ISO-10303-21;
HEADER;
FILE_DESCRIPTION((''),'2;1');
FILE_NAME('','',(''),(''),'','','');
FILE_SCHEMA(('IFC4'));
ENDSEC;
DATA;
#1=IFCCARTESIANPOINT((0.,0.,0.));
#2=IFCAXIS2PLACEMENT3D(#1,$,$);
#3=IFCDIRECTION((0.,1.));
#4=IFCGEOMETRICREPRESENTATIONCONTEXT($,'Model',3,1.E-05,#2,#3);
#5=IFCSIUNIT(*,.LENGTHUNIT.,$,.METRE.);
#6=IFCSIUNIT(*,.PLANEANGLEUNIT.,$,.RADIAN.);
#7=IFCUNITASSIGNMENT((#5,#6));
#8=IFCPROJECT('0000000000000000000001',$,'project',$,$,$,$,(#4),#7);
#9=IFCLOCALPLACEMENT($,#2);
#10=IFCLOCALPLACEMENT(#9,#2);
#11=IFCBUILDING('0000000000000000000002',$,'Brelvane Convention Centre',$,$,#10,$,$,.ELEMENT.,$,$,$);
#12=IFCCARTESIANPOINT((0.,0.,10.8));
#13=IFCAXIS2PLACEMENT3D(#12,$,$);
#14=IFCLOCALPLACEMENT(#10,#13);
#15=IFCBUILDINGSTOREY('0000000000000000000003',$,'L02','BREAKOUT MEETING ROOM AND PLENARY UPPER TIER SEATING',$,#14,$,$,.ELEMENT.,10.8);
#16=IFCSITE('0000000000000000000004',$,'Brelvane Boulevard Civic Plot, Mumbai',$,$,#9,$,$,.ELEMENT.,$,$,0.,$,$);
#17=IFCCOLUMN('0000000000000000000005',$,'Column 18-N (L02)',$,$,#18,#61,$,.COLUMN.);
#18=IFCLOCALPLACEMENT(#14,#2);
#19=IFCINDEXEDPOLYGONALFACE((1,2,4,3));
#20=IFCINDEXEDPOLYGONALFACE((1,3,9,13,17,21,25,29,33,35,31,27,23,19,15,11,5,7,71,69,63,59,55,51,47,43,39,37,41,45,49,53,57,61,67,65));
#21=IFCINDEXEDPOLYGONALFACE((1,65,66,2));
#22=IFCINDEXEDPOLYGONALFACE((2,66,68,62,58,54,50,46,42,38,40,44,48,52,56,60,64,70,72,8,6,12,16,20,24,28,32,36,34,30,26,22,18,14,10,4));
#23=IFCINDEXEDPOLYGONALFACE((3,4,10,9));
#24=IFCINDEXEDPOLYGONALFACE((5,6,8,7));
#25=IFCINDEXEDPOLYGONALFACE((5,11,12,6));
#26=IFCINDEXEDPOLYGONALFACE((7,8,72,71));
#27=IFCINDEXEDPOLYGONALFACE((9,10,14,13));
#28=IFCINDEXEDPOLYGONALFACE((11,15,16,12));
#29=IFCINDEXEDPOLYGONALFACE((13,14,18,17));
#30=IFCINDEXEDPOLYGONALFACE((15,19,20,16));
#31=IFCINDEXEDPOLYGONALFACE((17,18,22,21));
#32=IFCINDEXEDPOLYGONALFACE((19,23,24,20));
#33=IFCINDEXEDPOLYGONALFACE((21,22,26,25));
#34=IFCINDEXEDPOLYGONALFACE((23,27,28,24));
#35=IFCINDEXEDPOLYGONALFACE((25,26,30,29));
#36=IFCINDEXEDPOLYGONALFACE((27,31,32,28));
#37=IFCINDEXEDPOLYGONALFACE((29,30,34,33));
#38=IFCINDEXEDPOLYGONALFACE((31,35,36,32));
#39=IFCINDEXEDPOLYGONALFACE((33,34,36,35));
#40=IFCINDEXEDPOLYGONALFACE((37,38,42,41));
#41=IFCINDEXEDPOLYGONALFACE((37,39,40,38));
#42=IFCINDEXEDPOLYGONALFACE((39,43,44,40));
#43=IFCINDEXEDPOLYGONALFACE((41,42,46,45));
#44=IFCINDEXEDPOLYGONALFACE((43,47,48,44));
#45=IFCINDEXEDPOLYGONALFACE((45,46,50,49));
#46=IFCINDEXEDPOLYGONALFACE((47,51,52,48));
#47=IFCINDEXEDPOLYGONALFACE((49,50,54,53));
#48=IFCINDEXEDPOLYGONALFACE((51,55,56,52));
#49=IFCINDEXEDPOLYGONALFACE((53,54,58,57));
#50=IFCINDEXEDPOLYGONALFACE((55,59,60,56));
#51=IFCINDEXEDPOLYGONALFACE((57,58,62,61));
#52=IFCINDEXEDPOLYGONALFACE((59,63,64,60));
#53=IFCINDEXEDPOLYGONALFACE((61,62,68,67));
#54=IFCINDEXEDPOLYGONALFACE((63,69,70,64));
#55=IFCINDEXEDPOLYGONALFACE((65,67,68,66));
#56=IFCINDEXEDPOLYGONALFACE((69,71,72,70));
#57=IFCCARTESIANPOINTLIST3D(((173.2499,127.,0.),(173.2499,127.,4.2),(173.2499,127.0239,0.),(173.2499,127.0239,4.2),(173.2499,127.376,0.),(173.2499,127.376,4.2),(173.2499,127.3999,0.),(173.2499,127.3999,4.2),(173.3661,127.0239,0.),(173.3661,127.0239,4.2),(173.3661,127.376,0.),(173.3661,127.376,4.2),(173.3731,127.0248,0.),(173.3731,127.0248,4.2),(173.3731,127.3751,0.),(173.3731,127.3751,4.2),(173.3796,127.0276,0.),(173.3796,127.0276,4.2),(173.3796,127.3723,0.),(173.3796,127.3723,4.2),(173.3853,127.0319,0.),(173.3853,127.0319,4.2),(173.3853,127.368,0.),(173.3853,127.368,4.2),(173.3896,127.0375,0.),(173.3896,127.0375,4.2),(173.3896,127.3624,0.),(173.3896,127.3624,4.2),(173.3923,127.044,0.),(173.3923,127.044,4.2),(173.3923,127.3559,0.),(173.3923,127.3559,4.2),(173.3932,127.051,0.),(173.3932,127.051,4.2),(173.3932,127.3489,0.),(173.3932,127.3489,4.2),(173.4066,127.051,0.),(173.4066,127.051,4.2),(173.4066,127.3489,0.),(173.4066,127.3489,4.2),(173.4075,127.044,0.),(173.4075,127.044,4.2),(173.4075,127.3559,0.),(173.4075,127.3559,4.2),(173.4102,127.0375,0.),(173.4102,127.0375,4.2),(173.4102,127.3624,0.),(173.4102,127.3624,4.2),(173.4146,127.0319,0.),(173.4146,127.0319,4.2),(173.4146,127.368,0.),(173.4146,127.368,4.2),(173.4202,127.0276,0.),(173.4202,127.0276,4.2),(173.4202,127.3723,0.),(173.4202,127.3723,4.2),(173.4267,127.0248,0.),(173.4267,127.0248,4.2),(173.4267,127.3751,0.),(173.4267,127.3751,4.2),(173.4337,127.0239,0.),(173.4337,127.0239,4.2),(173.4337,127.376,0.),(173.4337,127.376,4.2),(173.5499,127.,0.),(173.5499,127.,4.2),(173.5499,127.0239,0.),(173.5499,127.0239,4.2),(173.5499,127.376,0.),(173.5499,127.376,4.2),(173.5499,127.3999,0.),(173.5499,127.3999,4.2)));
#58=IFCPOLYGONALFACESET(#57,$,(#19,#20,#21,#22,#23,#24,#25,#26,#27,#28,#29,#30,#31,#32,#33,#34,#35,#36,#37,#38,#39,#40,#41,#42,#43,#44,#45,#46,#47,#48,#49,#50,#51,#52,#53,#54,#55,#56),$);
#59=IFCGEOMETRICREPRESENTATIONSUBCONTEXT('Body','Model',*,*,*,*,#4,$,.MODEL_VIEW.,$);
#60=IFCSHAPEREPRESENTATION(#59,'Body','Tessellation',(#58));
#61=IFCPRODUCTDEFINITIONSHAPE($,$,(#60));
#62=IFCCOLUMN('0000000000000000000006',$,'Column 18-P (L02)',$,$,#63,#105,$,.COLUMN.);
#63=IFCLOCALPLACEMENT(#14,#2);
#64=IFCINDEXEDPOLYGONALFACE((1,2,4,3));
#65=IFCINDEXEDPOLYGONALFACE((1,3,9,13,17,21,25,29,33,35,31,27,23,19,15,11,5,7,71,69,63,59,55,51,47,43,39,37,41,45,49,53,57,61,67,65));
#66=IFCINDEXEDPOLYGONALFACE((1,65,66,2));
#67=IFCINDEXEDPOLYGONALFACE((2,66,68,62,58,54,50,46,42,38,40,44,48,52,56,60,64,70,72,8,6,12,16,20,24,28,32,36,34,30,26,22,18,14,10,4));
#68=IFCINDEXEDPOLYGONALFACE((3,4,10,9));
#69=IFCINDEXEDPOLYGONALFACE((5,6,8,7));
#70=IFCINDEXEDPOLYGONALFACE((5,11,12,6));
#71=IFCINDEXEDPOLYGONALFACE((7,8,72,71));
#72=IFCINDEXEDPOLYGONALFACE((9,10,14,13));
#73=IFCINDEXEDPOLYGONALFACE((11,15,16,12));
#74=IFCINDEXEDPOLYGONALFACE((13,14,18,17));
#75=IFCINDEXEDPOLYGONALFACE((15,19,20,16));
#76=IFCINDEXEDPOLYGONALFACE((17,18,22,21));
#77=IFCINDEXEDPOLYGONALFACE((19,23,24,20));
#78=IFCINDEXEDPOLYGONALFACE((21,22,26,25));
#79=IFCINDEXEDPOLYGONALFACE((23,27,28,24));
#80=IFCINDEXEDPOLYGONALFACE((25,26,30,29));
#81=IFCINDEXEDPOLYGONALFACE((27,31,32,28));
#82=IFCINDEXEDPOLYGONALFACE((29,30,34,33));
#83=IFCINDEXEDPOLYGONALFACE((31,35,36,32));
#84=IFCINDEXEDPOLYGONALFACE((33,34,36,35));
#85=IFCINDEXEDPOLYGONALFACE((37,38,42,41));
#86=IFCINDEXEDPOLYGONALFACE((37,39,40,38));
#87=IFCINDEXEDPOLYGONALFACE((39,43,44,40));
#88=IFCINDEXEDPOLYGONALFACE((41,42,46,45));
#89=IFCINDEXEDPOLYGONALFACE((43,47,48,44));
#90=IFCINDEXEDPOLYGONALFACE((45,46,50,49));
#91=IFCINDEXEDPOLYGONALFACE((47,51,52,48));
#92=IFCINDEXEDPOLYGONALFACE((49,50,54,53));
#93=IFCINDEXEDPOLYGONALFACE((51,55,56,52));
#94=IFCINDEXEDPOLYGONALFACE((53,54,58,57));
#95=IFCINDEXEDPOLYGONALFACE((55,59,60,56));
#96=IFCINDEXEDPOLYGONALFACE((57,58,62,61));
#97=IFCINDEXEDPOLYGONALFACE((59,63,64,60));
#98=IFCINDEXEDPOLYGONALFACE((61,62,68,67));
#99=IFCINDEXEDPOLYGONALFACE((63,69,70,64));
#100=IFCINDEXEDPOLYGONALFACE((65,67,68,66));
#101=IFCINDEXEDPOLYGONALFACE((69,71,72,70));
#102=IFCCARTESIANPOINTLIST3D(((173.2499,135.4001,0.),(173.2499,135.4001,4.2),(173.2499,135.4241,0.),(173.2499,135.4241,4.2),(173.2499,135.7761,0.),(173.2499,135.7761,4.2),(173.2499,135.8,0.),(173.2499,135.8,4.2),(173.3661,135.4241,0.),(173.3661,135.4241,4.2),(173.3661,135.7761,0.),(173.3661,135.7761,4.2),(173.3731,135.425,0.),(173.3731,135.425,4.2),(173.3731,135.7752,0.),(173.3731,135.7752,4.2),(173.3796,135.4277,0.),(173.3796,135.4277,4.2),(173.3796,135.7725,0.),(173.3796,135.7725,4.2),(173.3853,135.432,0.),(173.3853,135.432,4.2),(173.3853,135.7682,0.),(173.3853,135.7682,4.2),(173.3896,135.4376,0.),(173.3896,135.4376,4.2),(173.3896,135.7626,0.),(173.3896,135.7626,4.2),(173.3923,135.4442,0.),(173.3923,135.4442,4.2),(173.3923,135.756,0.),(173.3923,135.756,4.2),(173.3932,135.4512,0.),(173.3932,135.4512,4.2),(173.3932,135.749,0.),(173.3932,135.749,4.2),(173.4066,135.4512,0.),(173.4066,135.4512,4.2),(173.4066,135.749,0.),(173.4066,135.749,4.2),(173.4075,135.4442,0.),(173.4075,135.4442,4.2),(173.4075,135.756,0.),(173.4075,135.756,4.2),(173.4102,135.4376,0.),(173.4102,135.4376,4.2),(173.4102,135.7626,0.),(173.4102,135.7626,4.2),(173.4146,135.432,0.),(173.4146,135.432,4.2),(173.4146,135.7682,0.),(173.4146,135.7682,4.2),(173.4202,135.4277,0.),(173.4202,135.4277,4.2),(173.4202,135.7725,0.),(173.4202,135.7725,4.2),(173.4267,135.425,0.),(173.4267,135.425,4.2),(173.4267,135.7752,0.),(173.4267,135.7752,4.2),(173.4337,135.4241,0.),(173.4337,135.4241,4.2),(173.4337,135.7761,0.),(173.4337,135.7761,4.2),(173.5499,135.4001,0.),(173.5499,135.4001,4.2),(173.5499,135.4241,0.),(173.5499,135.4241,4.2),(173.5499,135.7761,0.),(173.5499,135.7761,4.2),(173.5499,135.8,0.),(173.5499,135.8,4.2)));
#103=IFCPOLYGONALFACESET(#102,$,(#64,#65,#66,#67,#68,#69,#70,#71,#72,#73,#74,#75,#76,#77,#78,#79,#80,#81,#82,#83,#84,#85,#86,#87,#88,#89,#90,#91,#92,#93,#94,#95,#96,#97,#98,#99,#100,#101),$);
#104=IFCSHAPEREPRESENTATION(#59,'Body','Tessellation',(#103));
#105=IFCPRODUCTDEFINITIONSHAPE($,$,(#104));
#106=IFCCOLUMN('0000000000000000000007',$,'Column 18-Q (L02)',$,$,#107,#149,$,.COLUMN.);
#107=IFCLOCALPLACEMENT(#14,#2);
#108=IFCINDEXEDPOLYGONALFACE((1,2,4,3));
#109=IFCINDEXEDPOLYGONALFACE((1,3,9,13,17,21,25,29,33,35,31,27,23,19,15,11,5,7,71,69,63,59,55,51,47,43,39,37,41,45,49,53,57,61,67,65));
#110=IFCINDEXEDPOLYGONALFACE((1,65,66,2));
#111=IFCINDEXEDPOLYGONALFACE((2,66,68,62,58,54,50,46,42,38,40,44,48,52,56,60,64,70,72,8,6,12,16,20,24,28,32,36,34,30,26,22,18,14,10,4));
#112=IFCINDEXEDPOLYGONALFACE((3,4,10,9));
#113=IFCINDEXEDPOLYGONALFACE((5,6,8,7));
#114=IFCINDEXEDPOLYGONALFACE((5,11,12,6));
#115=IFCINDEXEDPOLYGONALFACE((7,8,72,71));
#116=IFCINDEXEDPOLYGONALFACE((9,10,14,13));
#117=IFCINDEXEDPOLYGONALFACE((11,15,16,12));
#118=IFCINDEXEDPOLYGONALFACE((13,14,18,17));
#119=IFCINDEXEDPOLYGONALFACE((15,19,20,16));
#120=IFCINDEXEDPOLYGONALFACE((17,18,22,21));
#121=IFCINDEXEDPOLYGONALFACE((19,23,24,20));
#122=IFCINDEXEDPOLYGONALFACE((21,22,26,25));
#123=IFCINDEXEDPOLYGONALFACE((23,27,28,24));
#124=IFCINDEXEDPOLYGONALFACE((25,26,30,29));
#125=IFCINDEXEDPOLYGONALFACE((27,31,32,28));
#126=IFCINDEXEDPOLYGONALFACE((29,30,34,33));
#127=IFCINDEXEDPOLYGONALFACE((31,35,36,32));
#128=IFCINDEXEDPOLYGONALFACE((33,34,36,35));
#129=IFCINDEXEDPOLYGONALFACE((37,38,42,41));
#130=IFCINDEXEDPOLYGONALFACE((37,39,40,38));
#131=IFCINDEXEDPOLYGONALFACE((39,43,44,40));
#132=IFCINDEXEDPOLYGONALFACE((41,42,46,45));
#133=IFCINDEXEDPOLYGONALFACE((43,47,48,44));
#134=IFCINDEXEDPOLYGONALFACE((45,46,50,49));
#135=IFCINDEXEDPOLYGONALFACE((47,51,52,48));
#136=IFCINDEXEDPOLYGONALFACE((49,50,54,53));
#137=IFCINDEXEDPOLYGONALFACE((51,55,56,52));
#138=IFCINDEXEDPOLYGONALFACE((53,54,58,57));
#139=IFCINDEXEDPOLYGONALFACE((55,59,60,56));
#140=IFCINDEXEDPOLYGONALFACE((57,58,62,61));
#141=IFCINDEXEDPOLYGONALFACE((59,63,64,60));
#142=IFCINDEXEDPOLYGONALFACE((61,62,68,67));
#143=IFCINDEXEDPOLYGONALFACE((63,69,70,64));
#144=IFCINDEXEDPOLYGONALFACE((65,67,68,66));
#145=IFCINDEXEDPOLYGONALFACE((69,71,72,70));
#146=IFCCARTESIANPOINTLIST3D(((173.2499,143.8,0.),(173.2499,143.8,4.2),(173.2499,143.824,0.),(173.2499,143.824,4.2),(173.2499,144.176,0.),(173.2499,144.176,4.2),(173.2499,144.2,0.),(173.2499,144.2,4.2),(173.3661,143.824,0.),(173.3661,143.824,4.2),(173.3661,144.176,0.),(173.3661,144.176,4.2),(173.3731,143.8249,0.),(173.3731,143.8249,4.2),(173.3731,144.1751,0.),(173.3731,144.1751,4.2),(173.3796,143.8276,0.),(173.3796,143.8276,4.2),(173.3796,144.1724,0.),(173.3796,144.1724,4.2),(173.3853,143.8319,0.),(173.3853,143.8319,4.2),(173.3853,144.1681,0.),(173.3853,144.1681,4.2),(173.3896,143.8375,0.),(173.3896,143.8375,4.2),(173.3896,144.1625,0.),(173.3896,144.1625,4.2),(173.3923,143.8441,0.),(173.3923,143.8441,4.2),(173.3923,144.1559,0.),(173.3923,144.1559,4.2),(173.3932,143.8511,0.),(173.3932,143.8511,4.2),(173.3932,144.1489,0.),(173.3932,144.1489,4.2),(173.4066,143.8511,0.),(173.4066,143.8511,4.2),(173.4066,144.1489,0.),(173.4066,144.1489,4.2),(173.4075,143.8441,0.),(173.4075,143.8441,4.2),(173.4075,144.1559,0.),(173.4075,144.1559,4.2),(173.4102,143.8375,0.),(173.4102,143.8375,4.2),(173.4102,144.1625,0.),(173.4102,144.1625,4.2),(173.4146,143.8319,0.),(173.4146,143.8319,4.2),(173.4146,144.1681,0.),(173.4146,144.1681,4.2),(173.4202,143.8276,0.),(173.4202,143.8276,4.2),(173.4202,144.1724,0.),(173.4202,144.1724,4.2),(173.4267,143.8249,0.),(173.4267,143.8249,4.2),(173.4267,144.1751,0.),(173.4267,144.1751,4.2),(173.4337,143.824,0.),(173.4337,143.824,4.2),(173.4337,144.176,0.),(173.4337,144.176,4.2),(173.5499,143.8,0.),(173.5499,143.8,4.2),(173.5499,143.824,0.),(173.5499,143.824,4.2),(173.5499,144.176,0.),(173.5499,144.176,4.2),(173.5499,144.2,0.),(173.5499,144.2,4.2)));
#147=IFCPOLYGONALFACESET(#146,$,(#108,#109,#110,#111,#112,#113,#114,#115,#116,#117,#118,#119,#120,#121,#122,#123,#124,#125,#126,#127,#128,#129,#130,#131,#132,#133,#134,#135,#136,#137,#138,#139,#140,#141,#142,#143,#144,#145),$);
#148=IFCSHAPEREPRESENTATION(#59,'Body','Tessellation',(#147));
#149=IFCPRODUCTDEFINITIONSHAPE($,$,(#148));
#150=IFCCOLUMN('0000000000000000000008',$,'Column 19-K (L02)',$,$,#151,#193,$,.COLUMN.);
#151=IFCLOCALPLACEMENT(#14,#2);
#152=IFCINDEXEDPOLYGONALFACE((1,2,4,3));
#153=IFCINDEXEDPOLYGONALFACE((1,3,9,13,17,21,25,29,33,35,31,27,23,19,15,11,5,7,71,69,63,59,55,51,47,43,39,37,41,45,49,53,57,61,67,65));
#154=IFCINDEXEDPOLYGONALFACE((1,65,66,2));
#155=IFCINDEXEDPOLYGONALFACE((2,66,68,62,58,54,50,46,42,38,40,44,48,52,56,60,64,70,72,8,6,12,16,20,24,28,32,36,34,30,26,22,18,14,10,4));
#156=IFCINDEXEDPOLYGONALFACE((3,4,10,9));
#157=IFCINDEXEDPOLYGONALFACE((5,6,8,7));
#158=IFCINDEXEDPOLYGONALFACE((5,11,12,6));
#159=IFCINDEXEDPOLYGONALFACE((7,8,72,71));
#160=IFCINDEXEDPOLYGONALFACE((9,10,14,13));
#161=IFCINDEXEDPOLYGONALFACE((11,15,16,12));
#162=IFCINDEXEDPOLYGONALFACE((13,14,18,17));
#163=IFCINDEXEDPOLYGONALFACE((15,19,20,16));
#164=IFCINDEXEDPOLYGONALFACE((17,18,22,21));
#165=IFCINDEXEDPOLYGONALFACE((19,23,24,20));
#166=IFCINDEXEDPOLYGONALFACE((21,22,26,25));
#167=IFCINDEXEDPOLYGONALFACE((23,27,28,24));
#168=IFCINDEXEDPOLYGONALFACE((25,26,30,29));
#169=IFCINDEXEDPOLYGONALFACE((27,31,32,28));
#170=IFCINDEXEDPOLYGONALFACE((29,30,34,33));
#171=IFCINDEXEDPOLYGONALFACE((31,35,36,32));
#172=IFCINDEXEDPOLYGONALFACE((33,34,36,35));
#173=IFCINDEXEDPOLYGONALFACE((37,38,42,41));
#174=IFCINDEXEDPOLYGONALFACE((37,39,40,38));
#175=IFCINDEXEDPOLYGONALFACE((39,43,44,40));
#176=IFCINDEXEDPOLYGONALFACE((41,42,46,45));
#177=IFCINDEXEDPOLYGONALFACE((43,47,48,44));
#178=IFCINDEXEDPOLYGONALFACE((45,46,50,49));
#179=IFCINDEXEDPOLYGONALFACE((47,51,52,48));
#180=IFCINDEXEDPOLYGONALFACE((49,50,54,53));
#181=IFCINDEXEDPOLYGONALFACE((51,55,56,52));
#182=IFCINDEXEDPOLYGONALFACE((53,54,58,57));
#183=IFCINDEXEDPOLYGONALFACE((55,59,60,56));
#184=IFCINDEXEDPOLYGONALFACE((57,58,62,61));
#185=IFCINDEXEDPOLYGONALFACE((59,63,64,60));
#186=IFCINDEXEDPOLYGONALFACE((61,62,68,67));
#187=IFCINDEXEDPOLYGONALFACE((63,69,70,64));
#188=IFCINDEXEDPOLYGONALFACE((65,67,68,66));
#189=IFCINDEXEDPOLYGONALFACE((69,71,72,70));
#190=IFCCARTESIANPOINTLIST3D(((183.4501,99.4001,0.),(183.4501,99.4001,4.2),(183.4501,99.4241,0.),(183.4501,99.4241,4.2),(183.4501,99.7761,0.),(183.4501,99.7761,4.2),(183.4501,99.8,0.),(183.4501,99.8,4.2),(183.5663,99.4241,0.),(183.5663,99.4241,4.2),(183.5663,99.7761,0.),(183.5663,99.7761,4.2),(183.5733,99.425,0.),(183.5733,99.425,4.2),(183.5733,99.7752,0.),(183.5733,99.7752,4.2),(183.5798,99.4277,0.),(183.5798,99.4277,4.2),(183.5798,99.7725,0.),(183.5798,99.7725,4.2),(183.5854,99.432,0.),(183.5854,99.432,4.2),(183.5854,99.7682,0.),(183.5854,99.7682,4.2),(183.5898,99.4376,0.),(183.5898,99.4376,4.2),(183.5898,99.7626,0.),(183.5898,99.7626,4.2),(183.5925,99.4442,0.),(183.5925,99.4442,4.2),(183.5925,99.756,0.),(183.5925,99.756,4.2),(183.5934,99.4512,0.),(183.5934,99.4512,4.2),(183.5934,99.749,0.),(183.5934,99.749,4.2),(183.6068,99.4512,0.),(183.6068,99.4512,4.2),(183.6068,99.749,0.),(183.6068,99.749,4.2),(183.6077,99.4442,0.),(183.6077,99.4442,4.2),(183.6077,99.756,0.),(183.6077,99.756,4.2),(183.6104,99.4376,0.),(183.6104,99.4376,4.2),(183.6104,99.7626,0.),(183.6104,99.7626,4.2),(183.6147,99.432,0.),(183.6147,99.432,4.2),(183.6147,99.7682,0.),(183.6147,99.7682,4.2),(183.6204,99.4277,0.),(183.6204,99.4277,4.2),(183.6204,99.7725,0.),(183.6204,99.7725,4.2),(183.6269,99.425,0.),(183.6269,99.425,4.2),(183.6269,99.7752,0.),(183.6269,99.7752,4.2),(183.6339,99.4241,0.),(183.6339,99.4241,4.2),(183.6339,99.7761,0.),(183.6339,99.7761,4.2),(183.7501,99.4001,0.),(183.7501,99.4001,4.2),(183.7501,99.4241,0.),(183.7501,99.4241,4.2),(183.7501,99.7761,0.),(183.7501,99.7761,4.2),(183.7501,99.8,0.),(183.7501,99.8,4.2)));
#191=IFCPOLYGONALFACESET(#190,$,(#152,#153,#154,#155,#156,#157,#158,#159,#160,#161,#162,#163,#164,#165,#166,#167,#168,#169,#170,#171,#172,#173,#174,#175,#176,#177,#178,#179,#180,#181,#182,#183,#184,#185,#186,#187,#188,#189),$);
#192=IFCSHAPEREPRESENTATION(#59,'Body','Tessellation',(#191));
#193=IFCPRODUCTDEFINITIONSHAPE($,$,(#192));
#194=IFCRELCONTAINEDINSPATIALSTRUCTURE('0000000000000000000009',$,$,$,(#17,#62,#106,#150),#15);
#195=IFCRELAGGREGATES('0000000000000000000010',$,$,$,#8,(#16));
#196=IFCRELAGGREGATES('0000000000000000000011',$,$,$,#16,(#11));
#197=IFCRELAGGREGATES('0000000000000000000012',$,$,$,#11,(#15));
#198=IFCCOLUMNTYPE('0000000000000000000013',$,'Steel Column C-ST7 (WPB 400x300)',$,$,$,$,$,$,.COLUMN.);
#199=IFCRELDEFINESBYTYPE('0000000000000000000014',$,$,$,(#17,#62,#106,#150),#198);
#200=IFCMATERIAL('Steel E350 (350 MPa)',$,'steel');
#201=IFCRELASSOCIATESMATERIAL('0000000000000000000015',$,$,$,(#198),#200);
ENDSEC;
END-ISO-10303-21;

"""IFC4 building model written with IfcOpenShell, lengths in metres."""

from ifc_helpers import new_model, si_unit, direction, frame, origin, origin_2d, place, context, subcontext, project, spatial, i_section, extrude, material, material_profile, profile_set, type_object, element, save


model = new_model("IFC4")

# Units and contexts
model_context = context("Model", 3, precision=1e-05, world=origin(), true_north=direction((0.0, 1.0)))
body_context = subcontext(model_context, "Body", "Model", "MODEL_VIEW")
ifc_project = project(units=[si_unit("LENGTHUNIT", "METRE"), si_unit("PLANEANGLEUNIT", "RADIAN")], contexts=[model_context])

# Site, building, storey
site_placement = place(None, origin())
site = spatial("IfcSite", under=ifc_project, at=site_placement, Name="Brelvane Boulevard Civic Plot, Mumbai", CompositionType="ELEMENT", RefElevation=0.0)
building_placement = place(site_placement, origin())
building = spatial("IfcBuilding", under=site, at=building_placement, Name="Brelvane Convention Centre", CompositionType="ELEMENT")
storey_placement = place(building_placement, frame((0.0, 0.0, 10.8)))
storey = spatial("IfcBuildingStorey", under=building, at=storey_placement, Name="L02", Description="BREAKOUT MEETING ROOM AND PLENARY UPPER TIER SEATING", CompositionType="ELEMENT", Elevation=10.8)

# Columns
ifc_material_1 = material(Name="Steel E350 (350 MPa)", Category="steel")
ifc_material_profile_1 = material_profile(ifc_material_1, i_section(OverallWidth=0.3, OverallDepth=0.3999, WebThickness=0.0134, FlangeThickness=0.0239, FilletRadius=0.0271, at=origin_2d()), Name="WPB 400x300")
ifc_profile_set_1 = profile_set([ifc_material_profile_1], Name="Steel E350 (350 MPa)")
column_type_1 = type_object("IfcColumnType", Name="Steel Column C-ST7 (WPB 400x300)", PredefinedType="COLUMN", material=ifc_profile_set_1)
for number, where, z_axis, x_axis, name in (
    (1, (173.3999, 127.2, 0.0), (0.0, 0.0, 1.0), (1.0, 0.0, 0.0), "Column 18-N (L02)"),
    (2, (173.3999, 135.6001, 0.0), (0.0, 0.0, 1.0), (1.0, 0.0, 0.0), "Column 18-P (L02)"),
    (3, (173.3999, 144.0, 0.0), (0.0, 0.0, 1.0), (1.0, 0.0, 0.0), "Column 18-Q (L02)"),
    (4, (183.6001, 99.6001, 0.0), (0.0, 0.0, 1.0), (1.0, 0.0, 0.0), "Column 19-K (L02)"),
):
    element("IfcColumn", number, at=place(storey_placement, frame(where, z_axis=z_axis, x_axis=x_axis)), inside=storey, type_object=column_type_1, Name=name, PredefinedType="COLUMN", context=body_context, shape_type="SweptSolid", body=[
        extrude(i_section(OverallWidth=0.3, OverallDepth=0.3999, WebThickness=0.0134, FlangeThickness=0.0239, FilletRadius=0.0271, at=origin_2d()), origin(), (0.0, 0.0, 1.0), 4.2),
    ])

save(model, "model.ifc")
